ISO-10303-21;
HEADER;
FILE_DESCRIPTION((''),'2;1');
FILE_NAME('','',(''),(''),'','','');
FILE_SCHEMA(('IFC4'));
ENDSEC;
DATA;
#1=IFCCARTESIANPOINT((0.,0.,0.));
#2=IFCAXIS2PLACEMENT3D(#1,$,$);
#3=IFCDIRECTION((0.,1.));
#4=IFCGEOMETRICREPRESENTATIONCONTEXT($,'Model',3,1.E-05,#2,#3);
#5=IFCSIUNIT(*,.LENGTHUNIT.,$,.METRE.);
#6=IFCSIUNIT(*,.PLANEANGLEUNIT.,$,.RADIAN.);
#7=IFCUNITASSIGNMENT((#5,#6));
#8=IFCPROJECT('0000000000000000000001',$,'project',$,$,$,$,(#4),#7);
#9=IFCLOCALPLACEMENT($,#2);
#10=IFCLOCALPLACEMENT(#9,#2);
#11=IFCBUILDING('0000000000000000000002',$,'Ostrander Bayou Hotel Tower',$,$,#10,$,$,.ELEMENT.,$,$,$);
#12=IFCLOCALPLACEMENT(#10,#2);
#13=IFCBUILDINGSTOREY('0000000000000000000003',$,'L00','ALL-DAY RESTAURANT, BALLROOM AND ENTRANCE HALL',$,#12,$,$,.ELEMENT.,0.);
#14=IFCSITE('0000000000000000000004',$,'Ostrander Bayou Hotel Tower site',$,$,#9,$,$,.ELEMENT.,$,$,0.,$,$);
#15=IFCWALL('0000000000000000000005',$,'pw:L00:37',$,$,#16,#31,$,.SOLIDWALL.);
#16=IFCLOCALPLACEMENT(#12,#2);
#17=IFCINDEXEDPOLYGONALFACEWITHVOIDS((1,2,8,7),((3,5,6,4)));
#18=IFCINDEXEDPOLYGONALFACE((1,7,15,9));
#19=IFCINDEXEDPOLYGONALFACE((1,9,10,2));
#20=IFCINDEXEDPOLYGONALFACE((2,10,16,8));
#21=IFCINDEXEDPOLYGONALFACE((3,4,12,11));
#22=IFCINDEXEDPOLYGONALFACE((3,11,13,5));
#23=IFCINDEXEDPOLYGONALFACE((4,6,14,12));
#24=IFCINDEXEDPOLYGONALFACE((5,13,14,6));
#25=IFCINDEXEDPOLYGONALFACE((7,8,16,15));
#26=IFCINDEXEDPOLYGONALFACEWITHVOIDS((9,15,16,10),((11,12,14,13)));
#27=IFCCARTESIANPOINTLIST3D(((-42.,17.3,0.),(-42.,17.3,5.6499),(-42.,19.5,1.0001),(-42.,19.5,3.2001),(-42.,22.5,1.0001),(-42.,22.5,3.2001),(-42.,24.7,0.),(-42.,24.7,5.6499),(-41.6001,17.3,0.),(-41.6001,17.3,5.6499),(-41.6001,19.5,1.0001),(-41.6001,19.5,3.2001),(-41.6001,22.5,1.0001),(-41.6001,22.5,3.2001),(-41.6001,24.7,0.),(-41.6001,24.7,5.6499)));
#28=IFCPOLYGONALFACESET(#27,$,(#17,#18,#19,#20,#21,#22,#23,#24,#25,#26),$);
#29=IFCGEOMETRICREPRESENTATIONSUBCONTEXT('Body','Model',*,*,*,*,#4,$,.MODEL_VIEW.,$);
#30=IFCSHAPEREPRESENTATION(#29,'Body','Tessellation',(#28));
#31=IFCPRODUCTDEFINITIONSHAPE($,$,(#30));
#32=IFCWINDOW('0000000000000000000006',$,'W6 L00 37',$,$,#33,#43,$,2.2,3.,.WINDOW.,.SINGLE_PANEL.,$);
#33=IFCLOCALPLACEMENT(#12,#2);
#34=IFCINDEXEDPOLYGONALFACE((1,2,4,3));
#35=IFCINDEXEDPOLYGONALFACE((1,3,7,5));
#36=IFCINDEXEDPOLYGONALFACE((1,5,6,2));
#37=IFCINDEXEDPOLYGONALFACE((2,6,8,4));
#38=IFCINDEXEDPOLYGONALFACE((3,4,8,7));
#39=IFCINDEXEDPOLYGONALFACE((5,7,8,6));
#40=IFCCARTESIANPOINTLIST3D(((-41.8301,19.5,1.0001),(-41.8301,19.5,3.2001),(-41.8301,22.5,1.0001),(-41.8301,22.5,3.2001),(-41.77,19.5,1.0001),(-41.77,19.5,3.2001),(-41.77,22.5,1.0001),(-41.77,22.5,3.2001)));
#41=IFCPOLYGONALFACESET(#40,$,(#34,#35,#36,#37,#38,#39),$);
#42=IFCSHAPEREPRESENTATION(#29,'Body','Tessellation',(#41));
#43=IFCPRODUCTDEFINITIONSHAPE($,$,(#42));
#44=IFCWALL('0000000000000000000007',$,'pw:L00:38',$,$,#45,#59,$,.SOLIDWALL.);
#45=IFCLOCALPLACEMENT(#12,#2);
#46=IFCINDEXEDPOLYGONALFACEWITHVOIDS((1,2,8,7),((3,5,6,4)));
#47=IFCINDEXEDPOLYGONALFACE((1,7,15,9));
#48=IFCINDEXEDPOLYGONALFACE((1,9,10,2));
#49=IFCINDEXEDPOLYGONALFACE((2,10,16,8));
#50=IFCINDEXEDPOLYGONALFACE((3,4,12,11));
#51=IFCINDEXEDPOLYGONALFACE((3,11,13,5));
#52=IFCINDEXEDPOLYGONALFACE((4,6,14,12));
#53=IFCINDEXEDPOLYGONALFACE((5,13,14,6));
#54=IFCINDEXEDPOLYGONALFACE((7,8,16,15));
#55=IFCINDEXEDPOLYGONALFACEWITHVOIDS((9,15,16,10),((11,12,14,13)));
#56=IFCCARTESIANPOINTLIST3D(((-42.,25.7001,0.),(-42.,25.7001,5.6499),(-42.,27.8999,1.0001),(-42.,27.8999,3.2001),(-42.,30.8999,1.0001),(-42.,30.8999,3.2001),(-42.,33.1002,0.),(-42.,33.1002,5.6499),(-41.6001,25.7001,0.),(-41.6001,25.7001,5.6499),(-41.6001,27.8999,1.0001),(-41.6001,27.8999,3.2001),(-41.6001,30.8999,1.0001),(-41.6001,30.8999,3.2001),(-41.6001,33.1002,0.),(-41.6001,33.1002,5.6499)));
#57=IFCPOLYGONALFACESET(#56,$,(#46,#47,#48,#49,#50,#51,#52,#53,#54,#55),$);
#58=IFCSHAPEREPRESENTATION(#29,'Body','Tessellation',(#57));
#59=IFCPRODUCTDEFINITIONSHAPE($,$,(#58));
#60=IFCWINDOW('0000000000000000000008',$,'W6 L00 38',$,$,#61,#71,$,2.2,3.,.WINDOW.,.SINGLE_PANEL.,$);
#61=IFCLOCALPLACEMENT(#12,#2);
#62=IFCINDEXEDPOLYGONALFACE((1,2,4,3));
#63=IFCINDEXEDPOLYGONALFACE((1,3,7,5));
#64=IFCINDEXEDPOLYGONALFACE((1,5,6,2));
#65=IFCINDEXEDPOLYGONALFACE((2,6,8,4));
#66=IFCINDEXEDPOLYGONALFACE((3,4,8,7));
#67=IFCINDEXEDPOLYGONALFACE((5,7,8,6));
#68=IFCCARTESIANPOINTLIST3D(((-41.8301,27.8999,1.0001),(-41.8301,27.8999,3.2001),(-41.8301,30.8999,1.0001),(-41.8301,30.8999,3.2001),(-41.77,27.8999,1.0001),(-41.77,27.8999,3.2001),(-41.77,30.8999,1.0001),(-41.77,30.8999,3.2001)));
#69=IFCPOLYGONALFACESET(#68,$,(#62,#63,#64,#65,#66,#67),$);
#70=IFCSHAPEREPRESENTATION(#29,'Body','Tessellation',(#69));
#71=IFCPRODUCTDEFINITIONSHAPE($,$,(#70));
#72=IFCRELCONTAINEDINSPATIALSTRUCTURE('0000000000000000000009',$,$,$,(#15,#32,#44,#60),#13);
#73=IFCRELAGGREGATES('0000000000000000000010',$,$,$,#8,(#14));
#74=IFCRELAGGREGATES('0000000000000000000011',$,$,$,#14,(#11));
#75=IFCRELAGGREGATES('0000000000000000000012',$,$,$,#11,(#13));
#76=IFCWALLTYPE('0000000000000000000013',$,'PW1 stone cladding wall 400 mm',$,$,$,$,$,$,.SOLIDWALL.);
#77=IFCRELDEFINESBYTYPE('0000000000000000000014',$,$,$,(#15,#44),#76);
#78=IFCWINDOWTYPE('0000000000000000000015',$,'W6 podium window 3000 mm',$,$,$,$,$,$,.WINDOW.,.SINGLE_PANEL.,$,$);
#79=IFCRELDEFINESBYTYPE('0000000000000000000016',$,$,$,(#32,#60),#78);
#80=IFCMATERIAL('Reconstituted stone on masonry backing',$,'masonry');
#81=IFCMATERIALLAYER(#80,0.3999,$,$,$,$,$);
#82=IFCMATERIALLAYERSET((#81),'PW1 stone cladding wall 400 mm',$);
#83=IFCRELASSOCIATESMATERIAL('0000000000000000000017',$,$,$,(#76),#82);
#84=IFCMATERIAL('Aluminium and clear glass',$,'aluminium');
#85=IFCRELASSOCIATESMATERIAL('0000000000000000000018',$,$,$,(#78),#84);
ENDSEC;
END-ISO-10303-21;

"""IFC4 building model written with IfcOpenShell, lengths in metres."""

from ifc_helpers import new_model, si_unit, direction, frame, frame_2d, origin, place, context, subcontext, project, spatial, rectangle, extrude, material, layer, layer_set, type_object, element, fill, save


model = new_model("IFC4")

# Units and contexts
model_context = context("Model", 3, precision=1e-05, world=origin(), true_north=direction((0.0, 1.0)))
body_context = subcontext(model_context, "Body", "Model", "MODEL_VIEW")
ifc_project = project(units=[si_unit("LENGTHUNIT", "METRE"), si_unit("PLANEANGLEUNIT", "RADIAN")], contexts=[model_context])

# Site, building, storey
site_placement = place(None, origin())
site = spatial("IfcSite", under=ifc_project, at=site_placement, Name="Ostrander Bayou Hotel Tower site", CompositionType="ELEMENT", RefElevation=0.0)
building_placement = place(site_placement, origin())
building = spatial("IfcBuilding", under=site, at=building_placement, Name="Ostrander Bayou Hotel Tower", CompositionType="ELEMENT")
storey_placement = place(building_placement, origin())
storey = spatial("IfcBuildingStorey", under=building, at=storey_placement, Name="L00", Description="ALL-DAY RESTAURANT, BALLROOM AND ENTRANCE HALL", CompositionType="ELEMENT", Elevation=0.0)

# Shared definitions
ifc_material_1 = material(Name="Reconstituted stone on masonry backing", Category="masonry")
ifc_layer_1 = layer(ifc_material_1, 0.3999)
ifc_layer_set_1 = layer_set([ifc_layer_1], Name="PW1 stone cladding wall 400 mm")
wall_type_1 = type_object("IfcWallType", Name="PW1 stone cladding wall 400 mm", PredefinedType="SOLIDWALL", material=ifc_layer_set_1)

# Walls, openings, windows
ifc_material_2 = material(Name="Aluminium and clear glass", Category="aluminium")
window_type = type_object("IfcWindowType", Name="W6 podium window 3000 mm", PartitioningType="SINGLE_PANEL", PredefinedType="WINDOW", material=ifc_material_2)
wall_1_placement = place(storey_placement, frame((-41.8, 17.3, 0.0), z_axis=(0.0, 0.0, 1.0), x_axis=(0.0, 1.0, 0.0)))
wall_1 = element("IfcWall", 1, at=wall_1_placement, inside=storey, type_object=wall_type_1, Name="pw:L00:37", PredefinedType="SOLIDWALL", context=body_context, shape_type="SweptSolid", body=[
    extrude(rectangle(XDim=7.3999, YDim=0.3999, at=frame_2d((3.7, 0.0))), origin(), (0.0, 0.0, 1.0), 5.6499),
])
opening_1_placement = place(wall_1_placement, frame((2.2, 0.0, 1.0)))
opening_1 = element("IfcOpeningElement", 2, at=opening_1_placement, cuts=wall_1, PredefinedType="OPENING", context=body_context, shape_type="SweptSolid", body=[
    extrude(rectangle(XDim=3.0, YDim=2.2, at=frame_2d((1.5, 1.1001))), frame((0.0, 0.2, 0.0), z_axis=(0.0, -1.0, 0.0), x_axis=(1.0, 0.0, 0.0)), (0.0, 0.0, 1.0), 0.3999),
])
window_1_placement = place(opening_1_placement, origin())
window_1 = element("IfcWindow", 3, at=window_1_placement, inside=storey, type_object=window_type, Name="W6 L00 37", OverallHeight=2.2, OverallWidth=3.0, PartitioningType="SINGLE_PANEL", PredefinedType="WINDOW", context=body_context, shape_type="SweptSolid", body=[
    extrude(rectangle(XDim=3.0, YDim=2.2, at=frame_2d((1.5, 1.1001))), frame((0.0, 0.03, 0.0), z_axis=(0.0, -1.0, 0.0), x_axis=(1.0, 0.0, 0.0)), (0.0, 0.0, 1.0), 0.0601),
])
fill(opening_1, window_1)
wall_2_placement = place(storey_placement, frame((-41.8, 25.7, 0.0), z_axis=(0.0, 0.0, 1.0), x_axis=(0.0, 1.0, 0.0)))
wall_2 = element("IfcWall", 4, at=wall_2_placement, inside=storey, type_object=wall_type_1, Name="pw:L00:38", PredefinedType="SOLIDWALL", context=body_context, shape_type="SweptSolid", body=[
    extrude(rectangle(XDim=7.4001, YDim=0.3999, at=frame_2d((3.7002, 0.0))), origin(), (0.0, 0.0, 1.0), 5.6499),
])
opening_2_placement = place(wall_2_placement, frame((2.2, 0.0, 1.0)))
opening_2 = element("IfcOpeningElement", 5, at=opening_2_placement, cuts=wall_2, PredefinedType="OPENING", context=body_context, shape_type="SweptSolid", body=[
    extrude(rectangle(XDim=3.0, YDim=2.2, at=frame_2d((1.5, 1.1001))), frame((0.0, 0.2, 0.0), z_axis=(0.0, -1.0, 0.0), x_axis=(1.0, 0.0, 0.0)), (0.0, 0.0, 1.0), 0.3999),
])
window_2_placement = place(opening_2_placement, origin())
window_2 = element("IfcWindow", 6, at=window_2_placement, inside=storey, type_object=window_type, Name="W6 L00 38", OverallHeight=2.2, OverallWidth=3.0, PartitioningType="SINGLE_PANEL", PredefinedType="WINDOW", context=body_context, shape_type="SweptSolid", body=[
    extrude(rectangle(XDim=3.0, YDim=2.2, at=frame_2d((1.5, 1.1001))), frame((0.0, 0.03, 0.0), z_axis=(0.0, -1.0, 0.0), x_axis=(1.0, 0.0, 0.0)), (0.0, 0.0, 1.0), 0.0601),
])
fill(opening_2, window_2)

save(model, "model.ifc")
